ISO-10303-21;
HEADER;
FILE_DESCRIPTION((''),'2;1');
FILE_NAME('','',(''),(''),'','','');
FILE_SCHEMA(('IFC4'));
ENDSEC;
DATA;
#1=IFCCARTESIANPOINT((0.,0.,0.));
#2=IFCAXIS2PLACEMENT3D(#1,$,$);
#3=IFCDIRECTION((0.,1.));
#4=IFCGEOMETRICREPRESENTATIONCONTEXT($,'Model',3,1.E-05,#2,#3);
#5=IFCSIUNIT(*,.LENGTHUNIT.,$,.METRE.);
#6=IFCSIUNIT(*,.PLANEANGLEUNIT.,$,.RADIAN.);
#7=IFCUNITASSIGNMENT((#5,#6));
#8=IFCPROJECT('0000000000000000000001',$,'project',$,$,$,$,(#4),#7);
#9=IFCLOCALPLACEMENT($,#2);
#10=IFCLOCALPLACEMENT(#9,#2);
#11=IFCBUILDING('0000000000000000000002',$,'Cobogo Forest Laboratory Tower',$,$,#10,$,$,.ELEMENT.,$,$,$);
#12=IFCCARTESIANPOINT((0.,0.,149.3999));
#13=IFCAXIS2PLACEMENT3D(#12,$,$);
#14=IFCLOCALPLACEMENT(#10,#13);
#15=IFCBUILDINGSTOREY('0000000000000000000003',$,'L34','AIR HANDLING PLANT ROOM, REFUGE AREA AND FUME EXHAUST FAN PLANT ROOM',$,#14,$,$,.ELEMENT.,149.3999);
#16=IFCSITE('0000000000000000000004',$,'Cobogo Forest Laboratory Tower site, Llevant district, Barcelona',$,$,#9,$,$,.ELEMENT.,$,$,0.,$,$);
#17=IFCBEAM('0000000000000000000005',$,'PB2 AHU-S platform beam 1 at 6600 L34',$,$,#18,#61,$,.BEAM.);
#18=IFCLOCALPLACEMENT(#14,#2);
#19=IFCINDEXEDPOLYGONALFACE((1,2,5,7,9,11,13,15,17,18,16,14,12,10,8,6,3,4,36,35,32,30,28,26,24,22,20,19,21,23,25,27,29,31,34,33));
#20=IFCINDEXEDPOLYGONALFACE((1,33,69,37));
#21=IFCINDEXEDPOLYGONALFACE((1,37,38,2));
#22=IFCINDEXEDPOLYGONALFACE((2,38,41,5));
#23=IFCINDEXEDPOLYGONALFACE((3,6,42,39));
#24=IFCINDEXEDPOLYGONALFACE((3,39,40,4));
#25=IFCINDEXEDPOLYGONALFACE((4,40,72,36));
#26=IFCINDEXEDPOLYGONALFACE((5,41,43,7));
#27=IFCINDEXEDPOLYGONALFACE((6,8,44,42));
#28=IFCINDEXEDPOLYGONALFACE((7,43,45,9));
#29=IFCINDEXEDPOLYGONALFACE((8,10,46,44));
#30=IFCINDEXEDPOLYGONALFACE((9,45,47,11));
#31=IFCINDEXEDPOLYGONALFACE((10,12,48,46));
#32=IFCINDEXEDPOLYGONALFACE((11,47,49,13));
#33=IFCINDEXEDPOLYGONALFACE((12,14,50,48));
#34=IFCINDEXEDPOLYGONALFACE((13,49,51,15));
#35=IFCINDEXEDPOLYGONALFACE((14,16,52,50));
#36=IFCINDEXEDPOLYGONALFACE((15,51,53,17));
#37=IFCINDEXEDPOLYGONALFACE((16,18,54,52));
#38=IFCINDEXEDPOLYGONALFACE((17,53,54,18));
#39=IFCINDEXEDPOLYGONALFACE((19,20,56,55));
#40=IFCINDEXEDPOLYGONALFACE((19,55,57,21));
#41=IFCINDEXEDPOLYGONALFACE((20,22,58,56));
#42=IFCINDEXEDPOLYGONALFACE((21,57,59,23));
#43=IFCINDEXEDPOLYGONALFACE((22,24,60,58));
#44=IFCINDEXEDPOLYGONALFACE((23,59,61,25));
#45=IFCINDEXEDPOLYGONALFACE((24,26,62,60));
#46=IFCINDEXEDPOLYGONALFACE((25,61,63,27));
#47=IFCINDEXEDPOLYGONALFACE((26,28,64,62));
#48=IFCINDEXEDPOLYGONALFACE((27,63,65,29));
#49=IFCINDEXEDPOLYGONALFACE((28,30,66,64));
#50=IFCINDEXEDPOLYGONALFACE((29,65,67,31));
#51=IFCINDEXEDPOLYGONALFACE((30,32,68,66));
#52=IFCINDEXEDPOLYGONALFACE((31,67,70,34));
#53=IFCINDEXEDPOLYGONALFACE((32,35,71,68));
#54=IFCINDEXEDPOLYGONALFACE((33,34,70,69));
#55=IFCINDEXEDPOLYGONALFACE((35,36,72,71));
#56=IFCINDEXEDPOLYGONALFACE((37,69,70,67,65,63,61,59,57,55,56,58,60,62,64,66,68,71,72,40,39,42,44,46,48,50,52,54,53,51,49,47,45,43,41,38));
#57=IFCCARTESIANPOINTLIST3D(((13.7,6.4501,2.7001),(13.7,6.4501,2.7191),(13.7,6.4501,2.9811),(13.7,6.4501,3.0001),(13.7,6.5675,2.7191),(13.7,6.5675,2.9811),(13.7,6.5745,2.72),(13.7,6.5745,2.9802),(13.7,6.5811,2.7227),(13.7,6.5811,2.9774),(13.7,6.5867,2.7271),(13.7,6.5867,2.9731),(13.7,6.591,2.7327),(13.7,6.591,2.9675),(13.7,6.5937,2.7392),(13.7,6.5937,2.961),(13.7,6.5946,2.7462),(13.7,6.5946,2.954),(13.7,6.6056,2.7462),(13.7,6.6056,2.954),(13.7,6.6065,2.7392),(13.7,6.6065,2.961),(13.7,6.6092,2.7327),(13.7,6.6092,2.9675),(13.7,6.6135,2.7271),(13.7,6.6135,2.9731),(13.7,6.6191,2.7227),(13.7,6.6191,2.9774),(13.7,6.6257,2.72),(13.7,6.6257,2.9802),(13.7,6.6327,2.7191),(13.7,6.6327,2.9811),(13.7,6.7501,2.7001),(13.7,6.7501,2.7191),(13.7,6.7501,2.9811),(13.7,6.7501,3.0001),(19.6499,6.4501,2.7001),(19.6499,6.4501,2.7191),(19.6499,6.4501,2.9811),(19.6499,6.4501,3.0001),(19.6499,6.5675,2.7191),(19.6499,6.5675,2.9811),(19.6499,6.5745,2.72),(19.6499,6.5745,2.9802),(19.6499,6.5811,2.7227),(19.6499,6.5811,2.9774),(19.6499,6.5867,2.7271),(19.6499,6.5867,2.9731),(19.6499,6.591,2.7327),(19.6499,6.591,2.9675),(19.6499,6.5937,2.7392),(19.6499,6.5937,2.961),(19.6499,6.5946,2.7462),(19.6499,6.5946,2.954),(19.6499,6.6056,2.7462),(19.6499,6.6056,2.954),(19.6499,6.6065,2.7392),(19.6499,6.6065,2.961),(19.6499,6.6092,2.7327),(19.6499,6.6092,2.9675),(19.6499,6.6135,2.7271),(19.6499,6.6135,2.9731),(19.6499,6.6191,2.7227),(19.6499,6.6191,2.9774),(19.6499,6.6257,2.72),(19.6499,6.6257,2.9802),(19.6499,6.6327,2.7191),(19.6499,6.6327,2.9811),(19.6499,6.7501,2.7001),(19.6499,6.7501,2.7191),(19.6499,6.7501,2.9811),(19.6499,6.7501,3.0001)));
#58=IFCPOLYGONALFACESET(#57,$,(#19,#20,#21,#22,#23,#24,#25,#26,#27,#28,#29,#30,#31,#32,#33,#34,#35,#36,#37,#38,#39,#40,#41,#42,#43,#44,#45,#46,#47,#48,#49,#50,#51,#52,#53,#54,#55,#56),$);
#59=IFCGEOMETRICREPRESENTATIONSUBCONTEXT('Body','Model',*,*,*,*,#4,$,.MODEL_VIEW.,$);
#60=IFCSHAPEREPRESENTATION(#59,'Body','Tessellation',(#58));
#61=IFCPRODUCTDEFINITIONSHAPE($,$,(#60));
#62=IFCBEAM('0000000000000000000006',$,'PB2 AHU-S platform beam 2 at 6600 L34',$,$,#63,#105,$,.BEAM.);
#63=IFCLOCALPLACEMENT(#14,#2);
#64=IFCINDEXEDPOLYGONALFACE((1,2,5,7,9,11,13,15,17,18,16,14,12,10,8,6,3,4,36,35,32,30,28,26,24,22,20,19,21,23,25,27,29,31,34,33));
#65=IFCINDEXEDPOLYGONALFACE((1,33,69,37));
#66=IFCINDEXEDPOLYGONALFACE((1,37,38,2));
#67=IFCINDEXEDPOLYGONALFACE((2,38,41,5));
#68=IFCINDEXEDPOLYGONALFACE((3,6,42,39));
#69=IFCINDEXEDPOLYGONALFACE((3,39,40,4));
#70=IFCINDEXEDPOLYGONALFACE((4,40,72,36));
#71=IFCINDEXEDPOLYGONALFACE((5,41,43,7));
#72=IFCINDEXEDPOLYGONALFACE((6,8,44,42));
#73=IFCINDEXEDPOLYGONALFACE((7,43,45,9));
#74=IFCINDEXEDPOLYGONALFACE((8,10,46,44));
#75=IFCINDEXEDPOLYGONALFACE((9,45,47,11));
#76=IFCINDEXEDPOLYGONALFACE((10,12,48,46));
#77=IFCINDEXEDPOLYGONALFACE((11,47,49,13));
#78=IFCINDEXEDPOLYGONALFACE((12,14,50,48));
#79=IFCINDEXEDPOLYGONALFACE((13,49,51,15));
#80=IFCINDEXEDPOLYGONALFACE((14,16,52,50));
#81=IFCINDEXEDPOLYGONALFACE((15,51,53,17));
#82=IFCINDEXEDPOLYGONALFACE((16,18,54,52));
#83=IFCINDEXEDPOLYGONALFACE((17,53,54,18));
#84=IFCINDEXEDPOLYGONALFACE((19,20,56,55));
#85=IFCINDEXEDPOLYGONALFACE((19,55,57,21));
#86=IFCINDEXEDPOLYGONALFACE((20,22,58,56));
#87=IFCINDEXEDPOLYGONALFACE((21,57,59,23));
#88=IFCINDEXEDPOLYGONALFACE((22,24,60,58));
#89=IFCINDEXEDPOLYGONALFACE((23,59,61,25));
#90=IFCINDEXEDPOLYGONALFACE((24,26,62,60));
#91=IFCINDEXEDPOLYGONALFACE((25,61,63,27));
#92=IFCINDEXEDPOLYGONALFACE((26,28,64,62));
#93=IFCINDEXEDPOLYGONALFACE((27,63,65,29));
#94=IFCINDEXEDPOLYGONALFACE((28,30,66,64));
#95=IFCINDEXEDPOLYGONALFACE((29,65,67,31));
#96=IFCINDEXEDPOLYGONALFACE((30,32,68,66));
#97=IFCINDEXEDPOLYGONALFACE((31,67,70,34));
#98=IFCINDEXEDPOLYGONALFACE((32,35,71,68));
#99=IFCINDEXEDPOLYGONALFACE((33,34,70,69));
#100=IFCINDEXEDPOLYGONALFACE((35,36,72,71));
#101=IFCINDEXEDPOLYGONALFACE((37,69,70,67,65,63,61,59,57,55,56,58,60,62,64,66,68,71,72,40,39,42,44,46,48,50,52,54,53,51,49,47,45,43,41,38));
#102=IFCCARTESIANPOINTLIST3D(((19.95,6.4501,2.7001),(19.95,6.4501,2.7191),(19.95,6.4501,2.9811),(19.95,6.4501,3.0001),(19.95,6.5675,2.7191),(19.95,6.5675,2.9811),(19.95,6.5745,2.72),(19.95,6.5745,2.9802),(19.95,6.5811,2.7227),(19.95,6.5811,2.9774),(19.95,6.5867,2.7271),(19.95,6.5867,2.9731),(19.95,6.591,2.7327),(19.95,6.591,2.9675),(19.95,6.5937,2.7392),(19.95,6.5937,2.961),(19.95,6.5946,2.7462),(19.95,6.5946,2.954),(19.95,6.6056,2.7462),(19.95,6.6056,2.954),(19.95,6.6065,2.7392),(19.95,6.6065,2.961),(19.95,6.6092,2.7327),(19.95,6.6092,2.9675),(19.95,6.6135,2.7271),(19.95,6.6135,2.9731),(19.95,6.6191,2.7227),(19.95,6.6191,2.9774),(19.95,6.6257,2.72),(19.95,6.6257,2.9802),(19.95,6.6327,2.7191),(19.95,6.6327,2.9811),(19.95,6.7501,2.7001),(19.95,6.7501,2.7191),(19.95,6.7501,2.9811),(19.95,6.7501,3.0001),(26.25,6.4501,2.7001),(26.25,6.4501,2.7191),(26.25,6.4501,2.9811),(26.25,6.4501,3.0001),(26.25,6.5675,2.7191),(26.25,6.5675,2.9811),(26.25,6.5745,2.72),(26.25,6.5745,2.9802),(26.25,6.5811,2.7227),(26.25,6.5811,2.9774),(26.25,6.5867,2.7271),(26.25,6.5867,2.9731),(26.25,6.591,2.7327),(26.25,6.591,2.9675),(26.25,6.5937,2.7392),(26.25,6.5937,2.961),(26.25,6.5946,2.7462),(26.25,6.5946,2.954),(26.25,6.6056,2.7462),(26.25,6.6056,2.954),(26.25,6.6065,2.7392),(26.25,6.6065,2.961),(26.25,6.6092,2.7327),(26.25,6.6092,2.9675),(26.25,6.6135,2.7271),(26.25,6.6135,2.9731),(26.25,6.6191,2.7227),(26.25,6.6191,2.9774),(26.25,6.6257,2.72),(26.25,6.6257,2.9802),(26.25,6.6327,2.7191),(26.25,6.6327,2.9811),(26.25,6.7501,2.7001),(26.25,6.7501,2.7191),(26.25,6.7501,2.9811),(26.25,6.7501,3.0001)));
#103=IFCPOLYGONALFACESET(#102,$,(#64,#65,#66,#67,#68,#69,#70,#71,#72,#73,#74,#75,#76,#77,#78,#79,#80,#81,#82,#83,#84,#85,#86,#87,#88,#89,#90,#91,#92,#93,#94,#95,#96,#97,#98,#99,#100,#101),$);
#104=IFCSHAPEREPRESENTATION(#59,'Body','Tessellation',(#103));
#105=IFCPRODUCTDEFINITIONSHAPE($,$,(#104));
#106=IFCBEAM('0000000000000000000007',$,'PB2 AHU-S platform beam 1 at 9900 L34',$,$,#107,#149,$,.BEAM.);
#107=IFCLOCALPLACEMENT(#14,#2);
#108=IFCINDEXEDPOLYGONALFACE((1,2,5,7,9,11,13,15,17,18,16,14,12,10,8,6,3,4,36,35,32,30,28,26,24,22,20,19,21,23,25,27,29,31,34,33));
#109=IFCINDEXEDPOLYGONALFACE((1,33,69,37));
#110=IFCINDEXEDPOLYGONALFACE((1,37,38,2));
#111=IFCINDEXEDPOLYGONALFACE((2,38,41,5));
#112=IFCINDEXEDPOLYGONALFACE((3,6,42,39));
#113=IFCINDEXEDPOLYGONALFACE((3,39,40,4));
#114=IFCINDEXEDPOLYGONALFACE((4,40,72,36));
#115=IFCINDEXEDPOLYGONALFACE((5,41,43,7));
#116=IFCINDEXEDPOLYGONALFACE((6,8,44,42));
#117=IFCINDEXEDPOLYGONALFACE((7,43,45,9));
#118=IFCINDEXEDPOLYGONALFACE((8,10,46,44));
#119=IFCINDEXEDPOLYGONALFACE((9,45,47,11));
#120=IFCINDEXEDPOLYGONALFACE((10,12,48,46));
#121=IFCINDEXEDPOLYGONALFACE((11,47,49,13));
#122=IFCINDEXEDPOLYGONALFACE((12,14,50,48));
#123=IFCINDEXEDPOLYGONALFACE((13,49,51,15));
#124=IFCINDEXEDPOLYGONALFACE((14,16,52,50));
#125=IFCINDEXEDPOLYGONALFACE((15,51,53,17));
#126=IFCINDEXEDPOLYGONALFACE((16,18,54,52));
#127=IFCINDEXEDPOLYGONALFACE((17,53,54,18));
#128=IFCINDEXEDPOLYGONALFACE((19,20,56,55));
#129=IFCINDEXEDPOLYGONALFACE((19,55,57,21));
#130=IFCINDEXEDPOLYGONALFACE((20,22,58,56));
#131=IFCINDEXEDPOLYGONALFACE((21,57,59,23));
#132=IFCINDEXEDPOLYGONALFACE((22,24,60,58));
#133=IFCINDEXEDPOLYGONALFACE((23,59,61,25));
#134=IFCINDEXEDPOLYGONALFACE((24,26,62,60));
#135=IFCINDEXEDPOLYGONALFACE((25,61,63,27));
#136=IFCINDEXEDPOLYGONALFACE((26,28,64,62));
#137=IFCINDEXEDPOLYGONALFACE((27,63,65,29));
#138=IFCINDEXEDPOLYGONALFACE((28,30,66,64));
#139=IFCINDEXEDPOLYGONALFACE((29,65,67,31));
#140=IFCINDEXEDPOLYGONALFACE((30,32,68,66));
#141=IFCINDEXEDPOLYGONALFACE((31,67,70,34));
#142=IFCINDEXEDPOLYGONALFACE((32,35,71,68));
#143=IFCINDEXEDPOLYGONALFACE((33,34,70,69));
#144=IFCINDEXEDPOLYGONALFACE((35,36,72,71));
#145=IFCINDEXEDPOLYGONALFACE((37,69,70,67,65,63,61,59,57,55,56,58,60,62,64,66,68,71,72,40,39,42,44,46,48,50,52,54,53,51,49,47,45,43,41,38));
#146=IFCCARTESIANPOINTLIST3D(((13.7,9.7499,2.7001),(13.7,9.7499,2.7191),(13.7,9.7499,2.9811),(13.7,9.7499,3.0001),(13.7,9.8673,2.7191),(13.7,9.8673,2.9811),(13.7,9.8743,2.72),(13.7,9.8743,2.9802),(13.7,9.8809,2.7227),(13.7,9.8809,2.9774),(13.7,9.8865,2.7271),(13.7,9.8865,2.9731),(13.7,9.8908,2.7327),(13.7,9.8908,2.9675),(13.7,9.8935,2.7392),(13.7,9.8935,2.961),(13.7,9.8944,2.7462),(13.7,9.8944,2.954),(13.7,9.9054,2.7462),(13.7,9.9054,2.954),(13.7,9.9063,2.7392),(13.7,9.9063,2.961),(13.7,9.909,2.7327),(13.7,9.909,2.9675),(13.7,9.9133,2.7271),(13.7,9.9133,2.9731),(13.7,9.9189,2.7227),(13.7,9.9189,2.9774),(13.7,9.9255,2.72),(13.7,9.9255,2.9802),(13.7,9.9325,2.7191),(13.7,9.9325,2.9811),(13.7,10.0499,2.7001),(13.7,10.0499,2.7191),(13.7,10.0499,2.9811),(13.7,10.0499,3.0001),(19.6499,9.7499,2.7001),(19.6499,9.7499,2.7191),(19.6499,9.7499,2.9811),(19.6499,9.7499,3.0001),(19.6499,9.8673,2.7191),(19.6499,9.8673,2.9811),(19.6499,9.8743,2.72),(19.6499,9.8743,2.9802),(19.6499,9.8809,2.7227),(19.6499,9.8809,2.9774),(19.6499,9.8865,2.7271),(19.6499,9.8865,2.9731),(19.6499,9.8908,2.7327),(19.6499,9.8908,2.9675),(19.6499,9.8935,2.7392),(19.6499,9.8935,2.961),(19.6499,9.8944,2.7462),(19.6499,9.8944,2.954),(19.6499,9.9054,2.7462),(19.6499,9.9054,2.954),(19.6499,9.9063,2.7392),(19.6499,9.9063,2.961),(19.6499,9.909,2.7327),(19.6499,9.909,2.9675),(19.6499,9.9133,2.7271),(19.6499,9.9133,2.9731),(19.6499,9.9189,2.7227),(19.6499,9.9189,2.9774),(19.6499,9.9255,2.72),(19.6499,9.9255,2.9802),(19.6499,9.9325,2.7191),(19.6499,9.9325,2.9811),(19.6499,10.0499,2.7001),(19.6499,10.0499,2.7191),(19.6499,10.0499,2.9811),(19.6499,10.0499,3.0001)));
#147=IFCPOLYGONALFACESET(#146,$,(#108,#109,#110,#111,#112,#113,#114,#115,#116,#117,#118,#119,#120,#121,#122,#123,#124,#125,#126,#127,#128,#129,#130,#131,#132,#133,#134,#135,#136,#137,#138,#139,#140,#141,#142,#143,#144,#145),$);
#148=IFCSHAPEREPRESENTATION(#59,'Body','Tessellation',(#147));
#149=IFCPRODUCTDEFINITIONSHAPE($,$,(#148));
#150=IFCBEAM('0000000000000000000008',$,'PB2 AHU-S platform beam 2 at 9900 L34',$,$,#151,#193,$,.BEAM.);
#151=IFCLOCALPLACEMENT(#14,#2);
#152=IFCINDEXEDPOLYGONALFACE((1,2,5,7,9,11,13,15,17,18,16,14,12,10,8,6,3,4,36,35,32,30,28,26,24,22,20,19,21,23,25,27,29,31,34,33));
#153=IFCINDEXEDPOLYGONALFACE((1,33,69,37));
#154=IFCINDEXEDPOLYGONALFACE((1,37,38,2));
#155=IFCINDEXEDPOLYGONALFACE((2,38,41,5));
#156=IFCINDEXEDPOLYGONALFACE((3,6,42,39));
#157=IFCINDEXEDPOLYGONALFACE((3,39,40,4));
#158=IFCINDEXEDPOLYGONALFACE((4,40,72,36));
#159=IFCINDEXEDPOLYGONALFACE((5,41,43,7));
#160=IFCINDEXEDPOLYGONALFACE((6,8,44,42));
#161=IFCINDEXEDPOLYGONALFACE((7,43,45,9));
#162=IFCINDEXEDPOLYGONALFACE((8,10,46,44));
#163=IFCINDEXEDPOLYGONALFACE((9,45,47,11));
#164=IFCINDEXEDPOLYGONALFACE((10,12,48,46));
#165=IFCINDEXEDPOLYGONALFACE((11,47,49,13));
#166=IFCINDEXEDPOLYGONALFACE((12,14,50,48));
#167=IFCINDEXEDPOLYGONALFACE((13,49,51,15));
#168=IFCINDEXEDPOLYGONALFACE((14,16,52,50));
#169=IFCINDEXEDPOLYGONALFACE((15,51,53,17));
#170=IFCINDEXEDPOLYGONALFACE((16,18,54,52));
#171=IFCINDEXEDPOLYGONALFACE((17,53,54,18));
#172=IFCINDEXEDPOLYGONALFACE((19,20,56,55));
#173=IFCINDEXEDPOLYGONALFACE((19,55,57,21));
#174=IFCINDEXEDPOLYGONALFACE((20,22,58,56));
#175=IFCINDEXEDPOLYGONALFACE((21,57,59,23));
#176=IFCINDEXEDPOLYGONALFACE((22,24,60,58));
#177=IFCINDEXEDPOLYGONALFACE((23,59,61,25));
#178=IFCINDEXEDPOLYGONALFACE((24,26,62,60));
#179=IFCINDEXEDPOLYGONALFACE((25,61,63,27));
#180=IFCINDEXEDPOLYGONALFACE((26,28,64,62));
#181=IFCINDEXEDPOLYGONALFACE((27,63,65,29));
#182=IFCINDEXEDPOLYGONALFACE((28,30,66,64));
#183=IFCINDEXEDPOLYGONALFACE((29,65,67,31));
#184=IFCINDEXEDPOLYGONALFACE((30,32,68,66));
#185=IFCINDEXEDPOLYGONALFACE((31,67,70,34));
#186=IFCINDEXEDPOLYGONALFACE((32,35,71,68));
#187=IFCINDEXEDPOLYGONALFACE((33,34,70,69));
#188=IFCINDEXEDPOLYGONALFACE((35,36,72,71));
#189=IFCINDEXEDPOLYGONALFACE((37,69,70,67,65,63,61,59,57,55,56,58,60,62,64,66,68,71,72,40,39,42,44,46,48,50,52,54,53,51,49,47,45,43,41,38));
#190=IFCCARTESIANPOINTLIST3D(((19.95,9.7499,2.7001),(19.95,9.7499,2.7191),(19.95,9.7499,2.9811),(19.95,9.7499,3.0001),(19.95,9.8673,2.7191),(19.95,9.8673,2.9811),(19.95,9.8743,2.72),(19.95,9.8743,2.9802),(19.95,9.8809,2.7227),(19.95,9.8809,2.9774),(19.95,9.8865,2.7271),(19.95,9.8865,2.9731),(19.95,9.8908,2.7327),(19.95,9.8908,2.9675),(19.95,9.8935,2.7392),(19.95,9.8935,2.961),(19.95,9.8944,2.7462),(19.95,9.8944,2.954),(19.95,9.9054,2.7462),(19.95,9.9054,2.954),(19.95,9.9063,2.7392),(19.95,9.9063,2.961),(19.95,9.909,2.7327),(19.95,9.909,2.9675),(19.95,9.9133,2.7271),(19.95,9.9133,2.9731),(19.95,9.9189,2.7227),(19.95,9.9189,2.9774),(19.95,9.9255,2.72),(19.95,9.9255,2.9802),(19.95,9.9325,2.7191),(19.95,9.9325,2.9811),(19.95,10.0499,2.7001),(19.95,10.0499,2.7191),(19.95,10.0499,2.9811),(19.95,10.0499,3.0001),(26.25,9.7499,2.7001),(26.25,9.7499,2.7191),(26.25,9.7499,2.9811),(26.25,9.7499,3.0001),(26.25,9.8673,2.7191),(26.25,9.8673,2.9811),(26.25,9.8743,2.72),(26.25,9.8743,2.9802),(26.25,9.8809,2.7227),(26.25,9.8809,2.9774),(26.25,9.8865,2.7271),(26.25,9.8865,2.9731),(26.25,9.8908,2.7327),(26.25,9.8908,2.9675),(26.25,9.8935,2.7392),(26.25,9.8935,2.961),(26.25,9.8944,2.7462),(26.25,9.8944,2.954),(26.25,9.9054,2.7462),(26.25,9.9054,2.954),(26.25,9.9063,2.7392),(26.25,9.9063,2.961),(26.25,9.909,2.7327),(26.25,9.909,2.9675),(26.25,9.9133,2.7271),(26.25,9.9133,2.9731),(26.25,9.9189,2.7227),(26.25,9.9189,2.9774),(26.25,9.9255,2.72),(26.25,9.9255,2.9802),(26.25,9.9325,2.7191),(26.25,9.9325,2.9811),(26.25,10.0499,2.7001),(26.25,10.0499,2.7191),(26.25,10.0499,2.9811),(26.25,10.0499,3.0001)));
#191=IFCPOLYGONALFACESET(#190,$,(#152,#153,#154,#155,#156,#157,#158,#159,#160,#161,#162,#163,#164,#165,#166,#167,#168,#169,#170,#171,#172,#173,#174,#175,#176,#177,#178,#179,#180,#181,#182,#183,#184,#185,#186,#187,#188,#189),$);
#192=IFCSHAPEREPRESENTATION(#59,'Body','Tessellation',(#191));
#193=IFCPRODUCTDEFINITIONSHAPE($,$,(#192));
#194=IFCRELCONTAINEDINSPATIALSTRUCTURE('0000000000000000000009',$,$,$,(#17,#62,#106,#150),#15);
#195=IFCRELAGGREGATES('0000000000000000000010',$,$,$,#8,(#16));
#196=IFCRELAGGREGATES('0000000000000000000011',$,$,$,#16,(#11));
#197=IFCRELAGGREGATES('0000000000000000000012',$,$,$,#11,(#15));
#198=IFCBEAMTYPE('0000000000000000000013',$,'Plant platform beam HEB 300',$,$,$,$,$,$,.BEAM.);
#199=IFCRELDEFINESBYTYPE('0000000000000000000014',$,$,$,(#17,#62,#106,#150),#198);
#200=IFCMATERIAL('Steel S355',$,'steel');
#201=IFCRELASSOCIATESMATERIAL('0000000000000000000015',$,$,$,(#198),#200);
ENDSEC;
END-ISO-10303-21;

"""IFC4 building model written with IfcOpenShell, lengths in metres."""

from ifc_helpers import new_model, si_unit, direction, frame, origin, origin_2d, place, context, subcontext, project, spatial, i_section, extrude, material, material_profile, profile_set, type_object, element, save


model = new_model("IFC4")

# Units and contexts
model_context = context("Model", 3, precision=1e-05, world=origin(), true_north=direction((0.0, 1.0)))
body_context = subcontext(model_context, "Body", "Model", "MODEL_VIEW")
ifc_project = project(units=[si_unit("LENGTHUNIT", "METRE"), si_unit("PLANEANGLEUNIT", "RADIAN")], contexts=[model_context])

# Site, building, storey
site_placement = place(None, origin())
site = spatial("IfcSite", under=ifc_project, at=site_placement, Name="Cobogo Forest Laboratory Tower site, Llevant district, Barcelona", CompositionType="ELEMENT", RefElevation=0.0)
building_placement = place(site_placement, origin())
building = spatial("IfcBuilding", under=site, at=building_placement, Name="Cobogo Forest Laboratory Tower", CompositionType="ELEMENT")
storey_placement = place(building_placement, frame((0.0, 0.0, 149.3999)))
storey = spatial("IfcBuildingStorey", under=building, at=storey_placement, Name="L34", Description="AIR HANDLING PLANT ROOM, REFUGE AREA AND FUME EXHAUST FAN PLANT ROOM", CompositionType="ELEMENT", Elevation=149.3999)

# Beams
ifc_material_1 = material(Name="Steel S355", Category="steel")
ifc_material_profile_1 = material_profile(ifc_material_1, i_section(OverallWidth=0.3, OverallDepth=0.3, WebThickness=0.011, FlangeThickness=0.019, FilletRadius=0.0271, at=origin_2d()), Name="HEB 300")
ifc_profile_set_1 = profile_set([ifc_material_profile_1], Name="Steel S355")
beam_type_1 = type_object("IfcBeamType", Name="Plant platform beam HEB 300", PredefinedType="BEAM", material=ifc_profile_set_1)
beam_1_placement = place(storey_placement, frame((13.7, 6.6001, 2.8501), z_axis=(1.0, 0.0, 0.0), x_axis=(0.0, 1.0, 0.0)))
element("IfcBeam", 1, at=beam_1_placement, inside=storey, type_object=beam_type_1, Name="PB2 AHU-S platform beam 1 at 6600 L34", PredefinedType="BEAM", context=body_context, shape_type="SweptSolid", body=[
    extrude(i_section(OverallWidth=0.3, OverallDepth=0.3, WebThickness=0.011, FlangeThickness=0.019, FilletRadius=0.0271, at=origin_2d()), origin(), (0.0, 0.0, 1.0), 5.95),
])
beam_2_placement = place(storey_placement, frame((19.95, 6.6001, 2.8501), z_axis=(1.0, 0.0, 0.0), x_axis=(0.0, 1.0, 0.0)))
element("IfcBeam", 2, at=beam_2_placement, inside=storey, type_object=beam_type_1, Name="PB2 AHU-S platform beam 2 at 6600 L34", PredefinedType="BEAM", context=body_context, shape_type="SweptSolid", body=[
    extrude(i_section(OverallWidth=0.3, OverallDepth=0.3, WebThickness=0.011, FlangeThickness=0.019, FilletRadius=0.0271, at=origin_2d()), origin(), (0.0, 0.0, 1.0), 6.3),
])
beam_3_placement = place(storey_placement, frame((13.7, 9.8999, 2.8501), z_axis=(1.0, 0.0, 0.0), x_axis=(0.0, 1.0, 0.0)))
element("IfcBeam", 3, at=beam_3_placement, inside=storey, type_object=beam_type_1, Name="PB2 AHU-S platform beam 1 at 9900 L34", PredefinedType="BEAM", context=body_context, shape_type="SweptSolid", body=[
    extrude(i_section(OverallWidth=0.3, OverallDepth=0.3, WebThickness=0.011, FlangeThickness=0.019, FilletRadius=0.0271, at=origin_2d()), origin(), (0.0, 0.0, 1.0), 5.95),
])
beam_4_placement = place(storey_placement, frame((19.95, 9.8999, 2.8501), z_axis=(1.0, 0.0, 0.0), x_axis=(0.0, 1.0, 0.0)))
element("IfcBeam", 4, at=beam_4_placement, inside=storey, type_object=beam_type_1, Name="PB2 AHU-S platform beam 2 at 9900 L34", PredefinedType="BEAM", context=body_context, shape_type="SweptSolid", body=[
    extrude(i_section(OverallWidth=0.3, OverallDepth=0.3, WebThickness=0.011, FlangeThickness=0.019, FilletRadius=0.0271, at=origin_2d()), origin(), (0.0, 0.0, 1.0), 6.3),
])

save(model, "model.ifc")
